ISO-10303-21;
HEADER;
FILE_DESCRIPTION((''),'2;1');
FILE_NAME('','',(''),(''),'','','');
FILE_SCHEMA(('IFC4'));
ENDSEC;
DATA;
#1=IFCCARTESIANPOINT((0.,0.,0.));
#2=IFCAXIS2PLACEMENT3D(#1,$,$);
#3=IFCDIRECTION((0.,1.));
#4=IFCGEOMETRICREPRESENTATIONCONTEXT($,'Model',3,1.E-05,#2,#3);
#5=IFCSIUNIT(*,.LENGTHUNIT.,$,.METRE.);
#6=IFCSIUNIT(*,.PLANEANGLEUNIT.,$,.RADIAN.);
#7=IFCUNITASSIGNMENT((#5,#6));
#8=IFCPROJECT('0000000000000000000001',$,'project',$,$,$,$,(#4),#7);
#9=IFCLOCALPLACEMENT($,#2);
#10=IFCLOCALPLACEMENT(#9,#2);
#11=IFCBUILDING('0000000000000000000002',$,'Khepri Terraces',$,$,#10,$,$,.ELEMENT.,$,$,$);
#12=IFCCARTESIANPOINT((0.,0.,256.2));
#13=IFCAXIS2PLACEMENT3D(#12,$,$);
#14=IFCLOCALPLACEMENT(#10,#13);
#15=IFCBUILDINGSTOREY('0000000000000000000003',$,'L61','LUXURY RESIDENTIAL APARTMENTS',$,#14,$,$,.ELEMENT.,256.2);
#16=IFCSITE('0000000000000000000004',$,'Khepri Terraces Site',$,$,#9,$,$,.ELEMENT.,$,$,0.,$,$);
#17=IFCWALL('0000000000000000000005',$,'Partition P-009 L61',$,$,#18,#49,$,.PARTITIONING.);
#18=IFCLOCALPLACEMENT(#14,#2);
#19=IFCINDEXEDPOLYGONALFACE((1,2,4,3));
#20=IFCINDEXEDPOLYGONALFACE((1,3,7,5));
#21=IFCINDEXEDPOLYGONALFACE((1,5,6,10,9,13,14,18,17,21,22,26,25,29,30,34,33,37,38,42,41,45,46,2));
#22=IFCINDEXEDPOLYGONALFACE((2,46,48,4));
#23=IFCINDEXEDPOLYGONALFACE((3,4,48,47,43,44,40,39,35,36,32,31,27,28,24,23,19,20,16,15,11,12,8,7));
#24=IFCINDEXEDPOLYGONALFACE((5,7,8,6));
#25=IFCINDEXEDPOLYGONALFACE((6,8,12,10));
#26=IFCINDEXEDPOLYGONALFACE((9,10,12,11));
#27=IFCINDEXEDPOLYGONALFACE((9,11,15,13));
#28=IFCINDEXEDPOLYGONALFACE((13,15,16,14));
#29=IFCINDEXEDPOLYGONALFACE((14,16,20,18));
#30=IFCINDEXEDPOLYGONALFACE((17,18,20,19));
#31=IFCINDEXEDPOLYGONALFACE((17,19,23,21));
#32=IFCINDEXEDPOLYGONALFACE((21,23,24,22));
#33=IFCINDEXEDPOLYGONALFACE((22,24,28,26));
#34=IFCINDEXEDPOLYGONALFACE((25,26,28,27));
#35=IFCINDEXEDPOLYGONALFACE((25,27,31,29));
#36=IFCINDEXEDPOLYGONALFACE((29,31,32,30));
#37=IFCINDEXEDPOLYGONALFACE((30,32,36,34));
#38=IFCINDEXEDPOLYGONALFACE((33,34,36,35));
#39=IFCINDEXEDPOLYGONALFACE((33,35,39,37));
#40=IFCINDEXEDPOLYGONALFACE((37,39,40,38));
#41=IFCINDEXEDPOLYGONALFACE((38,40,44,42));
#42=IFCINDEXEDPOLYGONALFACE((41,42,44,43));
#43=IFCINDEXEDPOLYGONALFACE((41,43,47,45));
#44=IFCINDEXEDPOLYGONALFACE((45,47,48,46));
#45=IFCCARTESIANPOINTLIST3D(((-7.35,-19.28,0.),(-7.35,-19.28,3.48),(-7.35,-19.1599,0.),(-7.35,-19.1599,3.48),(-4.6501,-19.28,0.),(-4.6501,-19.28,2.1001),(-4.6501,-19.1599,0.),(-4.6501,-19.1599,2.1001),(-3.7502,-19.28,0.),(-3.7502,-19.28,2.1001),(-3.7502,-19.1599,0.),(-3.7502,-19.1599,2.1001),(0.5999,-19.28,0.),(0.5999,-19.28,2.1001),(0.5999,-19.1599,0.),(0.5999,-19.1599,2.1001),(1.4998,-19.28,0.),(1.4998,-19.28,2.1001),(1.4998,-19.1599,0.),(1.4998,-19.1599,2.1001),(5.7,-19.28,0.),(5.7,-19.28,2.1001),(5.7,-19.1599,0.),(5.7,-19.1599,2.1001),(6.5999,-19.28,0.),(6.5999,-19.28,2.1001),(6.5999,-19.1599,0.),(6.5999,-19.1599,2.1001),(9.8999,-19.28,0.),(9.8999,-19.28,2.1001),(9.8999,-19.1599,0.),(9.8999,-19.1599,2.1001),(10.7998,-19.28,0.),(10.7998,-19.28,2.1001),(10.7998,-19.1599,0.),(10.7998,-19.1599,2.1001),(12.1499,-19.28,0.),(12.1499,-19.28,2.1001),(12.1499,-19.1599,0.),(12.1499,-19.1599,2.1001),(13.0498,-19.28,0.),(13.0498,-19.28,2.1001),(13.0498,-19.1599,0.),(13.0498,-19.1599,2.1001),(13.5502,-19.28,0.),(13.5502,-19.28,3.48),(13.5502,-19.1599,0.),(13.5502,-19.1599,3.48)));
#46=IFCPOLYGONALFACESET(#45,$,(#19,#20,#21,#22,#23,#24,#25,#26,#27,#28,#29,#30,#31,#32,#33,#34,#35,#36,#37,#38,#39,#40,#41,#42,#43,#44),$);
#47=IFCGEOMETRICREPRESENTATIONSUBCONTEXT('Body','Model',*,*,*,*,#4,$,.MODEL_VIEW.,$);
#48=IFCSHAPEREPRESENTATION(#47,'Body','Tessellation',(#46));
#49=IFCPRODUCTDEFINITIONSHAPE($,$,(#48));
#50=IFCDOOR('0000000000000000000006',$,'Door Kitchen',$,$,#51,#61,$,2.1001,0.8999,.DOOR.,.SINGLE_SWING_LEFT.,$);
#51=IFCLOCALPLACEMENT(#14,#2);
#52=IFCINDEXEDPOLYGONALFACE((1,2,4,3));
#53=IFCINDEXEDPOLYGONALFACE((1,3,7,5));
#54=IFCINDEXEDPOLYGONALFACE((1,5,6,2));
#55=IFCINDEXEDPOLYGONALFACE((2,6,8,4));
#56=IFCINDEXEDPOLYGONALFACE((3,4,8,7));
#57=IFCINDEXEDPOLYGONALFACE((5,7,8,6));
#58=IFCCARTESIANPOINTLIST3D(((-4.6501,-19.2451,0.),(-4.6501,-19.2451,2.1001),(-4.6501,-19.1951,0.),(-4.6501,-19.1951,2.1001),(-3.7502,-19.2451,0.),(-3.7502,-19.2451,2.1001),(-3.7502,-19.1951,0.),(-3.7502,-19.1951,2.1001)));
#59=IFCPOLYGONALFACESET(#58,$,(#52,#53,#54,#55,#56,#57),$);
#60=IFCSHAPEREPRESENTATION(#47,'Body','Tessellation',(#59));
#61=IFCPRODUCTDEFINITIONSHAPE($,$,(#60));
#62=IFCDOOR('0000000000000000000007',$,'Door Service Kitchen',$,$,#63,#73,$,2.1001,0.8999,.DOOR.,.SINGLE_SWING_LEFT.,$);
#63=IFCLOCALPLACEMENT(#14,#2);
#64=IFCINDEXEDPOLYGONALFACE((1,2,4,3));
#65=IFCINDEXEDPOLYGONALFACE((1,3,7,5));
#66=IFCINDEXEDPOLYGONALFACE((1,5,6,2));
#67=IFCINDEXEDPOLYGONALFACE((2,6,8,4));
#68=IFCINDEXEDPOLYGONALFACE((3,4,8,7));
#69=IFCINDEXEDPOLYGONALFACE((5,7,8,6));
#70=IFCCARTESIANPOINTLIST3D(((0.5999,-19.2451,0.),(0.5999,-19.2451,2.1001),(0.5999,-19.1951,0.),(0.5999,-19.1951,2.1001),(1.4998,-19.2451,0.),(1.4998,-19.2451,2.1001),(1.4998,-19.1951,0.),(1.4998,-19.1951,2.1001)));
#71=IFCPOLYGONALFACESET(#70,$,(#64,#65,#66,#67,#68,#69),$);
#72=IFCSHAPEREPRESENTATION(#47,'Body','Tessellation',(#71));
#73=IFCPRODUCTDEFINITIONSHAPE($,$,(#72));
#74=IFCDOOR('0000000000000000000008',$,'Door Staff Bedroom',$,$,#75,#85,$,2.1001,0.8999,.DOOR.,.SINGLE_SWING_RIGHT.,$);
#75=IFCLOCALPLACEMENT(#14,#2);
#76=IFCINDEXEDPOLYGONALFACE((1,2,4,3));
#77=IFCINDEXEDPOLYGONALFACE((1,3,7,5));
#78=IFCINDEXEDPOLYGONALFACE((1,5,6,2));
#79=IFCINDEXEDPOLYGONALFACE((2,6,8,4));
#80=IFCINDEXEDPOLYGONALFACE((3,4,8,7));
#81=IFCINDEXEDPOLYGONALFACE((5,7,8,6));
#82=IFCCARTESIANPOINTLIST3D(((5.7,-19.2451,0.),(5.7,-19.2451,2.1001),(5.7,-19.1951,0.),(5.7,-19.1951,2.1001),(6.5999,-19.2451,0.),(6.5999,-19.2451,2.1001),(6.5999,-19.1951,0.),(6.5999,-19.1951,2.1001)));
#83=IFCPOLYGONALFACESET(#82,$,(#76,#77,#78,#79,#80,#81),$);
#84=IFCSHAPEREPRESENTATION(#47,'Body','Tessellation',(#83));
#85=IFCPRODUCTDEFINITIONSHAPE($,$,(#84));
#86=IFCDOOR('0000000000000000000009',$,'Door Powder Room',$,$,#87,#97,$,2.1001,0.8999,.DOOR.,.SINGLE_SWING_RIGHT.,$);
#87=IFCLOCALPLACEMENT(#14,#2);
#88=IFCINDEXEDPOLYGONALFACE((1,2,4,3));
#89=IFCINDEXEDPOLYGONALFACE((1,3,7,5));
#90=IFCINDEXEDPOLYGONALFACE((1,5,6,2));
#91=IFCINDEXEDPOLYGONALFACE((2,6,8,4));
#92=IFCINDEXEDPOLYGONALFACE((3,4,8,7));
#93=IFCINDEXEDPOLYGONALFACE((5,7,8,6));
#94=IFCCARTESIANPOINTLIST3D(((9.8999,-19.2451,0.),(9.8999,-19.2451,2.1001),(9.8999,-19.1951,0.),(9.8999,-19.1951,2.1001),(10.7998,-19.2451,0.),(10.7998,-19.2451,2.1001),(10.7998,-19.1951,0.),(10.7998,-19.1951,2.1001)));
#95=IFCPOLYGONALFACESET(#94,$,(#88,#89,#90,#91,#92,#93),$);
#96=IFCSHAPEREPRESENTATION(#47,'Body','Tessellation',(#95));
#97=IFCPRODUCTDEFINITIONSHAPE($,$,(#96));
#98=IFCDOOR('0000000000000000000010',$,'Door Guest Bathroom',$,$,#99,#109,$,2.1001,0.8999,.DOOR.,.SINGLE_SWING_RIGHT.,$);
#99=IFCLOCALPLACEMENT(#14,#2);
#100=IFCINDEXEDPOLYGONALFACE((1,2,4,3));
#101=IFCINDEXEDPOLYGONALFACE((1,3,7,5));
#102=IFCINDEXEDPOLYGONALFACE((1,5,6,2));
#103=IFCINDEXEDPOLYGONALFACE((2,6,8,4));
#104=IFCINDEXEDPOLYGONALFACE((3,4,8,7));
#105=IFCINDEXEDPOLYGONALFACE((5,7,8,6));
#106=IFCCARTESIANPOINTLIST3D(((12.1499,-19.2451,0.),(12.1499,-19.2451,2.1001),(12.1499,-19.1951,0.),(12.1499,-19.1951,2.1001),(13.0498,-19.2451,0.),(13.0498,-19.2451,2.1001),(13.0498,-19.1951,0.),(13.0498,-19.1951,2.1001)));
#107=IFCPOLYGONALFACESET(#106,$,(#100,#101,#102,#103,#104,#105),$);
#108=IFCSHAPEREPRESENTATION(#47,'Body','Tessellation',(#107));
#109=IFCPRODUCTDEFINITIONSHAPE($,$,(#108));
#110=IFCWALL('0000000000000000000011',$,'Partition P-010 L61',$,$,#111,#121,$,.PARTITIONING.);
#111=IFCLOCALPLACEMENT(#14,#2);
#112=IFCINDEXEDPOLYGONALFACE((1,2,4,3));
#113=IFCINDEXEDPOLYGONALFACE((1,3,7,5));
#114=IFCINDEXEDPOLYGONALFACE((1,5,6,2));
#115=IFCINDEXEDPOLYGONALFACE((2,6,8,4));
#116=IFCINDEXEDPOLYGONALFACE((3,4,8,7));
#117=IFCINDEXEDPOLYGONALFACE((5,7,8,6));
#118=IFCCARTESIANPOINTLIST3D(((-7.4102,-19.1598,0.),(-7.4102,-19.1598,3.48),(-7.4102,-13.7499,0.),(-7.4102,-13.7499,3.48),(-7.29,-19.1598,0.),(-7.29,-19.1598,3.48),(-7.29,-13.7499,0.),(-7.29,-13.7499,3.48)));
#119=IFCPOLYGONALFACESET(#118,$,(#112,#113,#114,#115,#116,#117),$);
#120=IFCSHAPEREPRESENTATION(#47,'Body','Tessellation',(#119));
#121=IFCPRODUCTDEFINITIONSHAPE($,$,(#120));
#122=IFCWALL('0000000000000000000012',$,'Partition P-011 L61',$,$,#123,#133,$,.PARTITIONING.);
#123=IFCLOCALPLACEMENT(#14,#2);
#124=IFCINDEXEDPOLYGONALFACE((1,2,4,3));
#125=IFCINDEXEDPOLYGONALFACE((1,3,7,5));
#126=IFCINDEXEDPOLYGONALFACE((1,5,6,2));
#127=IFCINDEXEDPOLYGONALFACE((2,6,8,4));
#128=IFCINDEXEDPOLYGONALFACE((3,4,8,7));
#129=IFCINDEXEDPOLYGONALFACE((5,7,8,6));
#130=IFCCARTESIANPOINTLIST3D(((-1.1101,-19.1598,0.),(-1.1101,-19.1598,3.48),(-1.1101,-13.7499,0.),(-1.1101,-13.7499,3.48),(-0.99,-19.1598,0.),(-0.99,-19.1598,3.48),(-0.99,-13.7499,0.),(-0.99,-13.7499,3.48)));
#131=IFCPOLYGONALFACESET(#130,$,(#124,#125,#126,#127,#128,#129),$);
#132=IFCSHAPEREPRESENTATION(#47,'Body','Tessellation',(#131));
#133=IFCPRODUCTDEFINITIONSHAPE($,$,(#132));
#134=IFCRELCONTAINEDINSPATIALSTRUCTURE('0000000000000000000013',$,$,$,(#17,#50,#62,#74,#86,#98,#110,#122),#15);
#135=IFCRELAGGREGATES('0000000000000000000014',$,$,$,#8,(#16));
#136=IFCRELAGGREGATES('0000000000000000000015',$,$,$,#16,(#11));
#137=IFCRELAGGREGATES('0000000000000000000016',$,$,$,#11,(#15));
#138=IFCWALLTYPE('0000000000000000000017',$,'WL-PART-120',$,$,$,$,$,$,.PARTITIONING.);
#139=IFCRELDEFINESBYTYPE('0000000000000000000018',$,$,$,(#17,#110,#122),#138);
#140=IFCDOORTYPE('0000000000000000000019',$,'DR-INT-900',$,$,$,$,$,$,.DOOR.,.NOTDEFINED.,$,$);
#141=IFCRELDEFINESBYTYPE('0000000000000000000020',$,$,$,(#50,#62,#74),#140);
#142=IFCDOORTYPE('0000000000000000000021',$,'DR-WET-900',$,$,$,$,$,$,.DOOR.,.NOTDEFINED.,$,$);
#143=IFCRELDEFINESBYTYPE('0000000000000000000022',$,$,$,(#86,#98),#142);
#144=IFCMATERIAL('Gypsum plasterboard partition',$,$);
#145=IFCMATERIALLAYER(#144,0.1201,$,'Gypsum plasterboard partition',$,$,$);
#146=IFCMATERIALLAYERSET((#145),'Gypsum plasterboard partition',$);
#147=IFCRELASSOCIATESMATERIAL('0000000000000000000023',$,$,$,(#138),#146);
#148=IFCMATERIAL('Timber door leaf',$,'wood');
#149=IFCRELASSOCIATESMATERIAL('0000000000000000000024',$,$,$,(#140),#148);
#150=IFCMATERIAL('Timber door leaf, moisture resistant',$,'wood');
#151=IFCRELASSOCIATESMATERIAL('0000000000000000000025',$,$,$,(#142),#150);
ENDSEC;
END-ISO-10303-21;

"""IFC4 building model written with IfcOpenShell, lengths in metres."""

from ifc_helpers import new_model, si_unit, direction, frame, frame_2d, origin, place, context, subcontext, project, spatial, rectangle, extrude, material, layer, layer_set, type_object, element, fill, save


model = new_model("IFC4")

# Units and contexts
model_context = context("Model", 3, precision=1e-05, world=origin(), true_north=direction((0.0, 1.0)))
body_context = subcontext(model_context, "Body", "Model", "MODEL_VIEW")
ifc_project = project(units=[si_unit("LENGTHUNIT", "METRE"), si_unit("PLANEANGLEUNIT", "RADIAN")], contexts=[model_context])

# Site, building, storey
site_placement = place(None, origin())
site = spatial("IfcSite", under=ifc_project, at=site_placement, Name="Khepri Terraces Site", CompositionType="ELEMENT", RefElevation=0.0)
building_placement = place(site_placement, origin())
building = spatial("IfcBuilding", under=site, at=building_placement, Name="Khepri Terraces", CompositionType="ELEMENT")
storey_placement = place(building_placement, frame((0.0, 0.0, 256.2)))
storey = spatial("IfcBuildingStorey", under=building, at=storey_placement, Name="L61", Description="LUXURY RESIDENTIAL APARTMENTS", CompositionType="ELEMENT", Elevation=256.2)

# Wall, openings, doors
ifc_material_1 = material(Name="Gypsum plasterboard partition")
ifc_layer_1 = layer(ifc_material_1, 0.1201, Name="Gypsum plasterboard partition")
ifc_layer_set_1 = layer_set([ifc_layer_1], Name="Gypsum plasterboard partition")
wall_type_1 = type_object("IfcWallType", Name="WL-PART-120", PredefinedType="PARTITIONING", material=ifc_layer_set_1)
wall_1_placement = place(storey_placement, frame((-7.3501, -19.22, 0.0), z_axis=(0.0, 0.0, 1.0), x_axis=(1.0, 0.0, 0.0)))
wall_1 = element("IfcWall", 1, at=wall_1_placement, inside=storey, type_object=wall_type_1, Name="Partition P-009 L61", PredefinedType="PARTITIONING", context=body_context, shape_type="SweptSolid", body=[
    extrude(rectangle(XDim=20.9001, YDim=0.1201, at=frame_2d((10.4502, 0.0))), origin(), (0.0, 0.0, 1.0), 3.48),
])
opening_1_placement = place(wall_1_placement, frame((2.7, 0.0, 0.0)))
opening_1 = element("IfcOpeningElement", 2, at=opening_1_placement, cuts=wall_1, PredefinedType="OPENING", context=body_context, shape_type="SweptSolid", body=[
    extrude(rectangle(XDim=0.8999, YDim=2.1001, at=frame_2d((0.45, 1.05))), frame((0.0, 0.0701, 0.0), z_axis=(0.0, -1.0, 0.0), x_axis=(1.0, 0.0, 0.0)), (0.0, 0.0, 1.0), 0.1401),
])
opening_2_placement = place(wall_1_placement, frame((7.95, 0.0, 0.0)))
opening_2 = element("IfcOpeningElement", 3, at=opening_2_placement, cuts=wall_1, PredefinedType="OPENING", context=body_context, shape_type="SweptSolid", body=[
    extrude(rectangle(XDim=0.8999, YDim=2.1001, at=frame_2d((0.45, 1.05))), frame((0.0, 0.0701, 0.0), z_axis=(0.0, -1.0, 0.0), x_axis=(1.0, 0.0, 0.0)), (0.0, 0.0, 1.0), 0.1401),
])
opening_3_placement = place(wall_1_placement, frame((13.05, 0.0, 0.0)))
opening_3 = element("IfcOpeningElement", 4, at=opening_3_placement, cuts=wall_1, PredefinedType="OPENING", context=body_context, shape_type="SweptSolid", body=[
    extrude(rectangle(XDim=0.8999, YDim=2.1001, at=frame_2d((0.45, 1.05))), frame((0.0, 0.0701, 0.0), z_axis=(0.0, -1.0, 0.0), x_axis=(1.0, 0.0, 0.0)), (0.0, 0.0, 1.0), 0.1401),
])
opening_4_placement = place(wall_1_placement, frame((17.25, 0.0, 0.0)))
opening_4 = element("IfcOpeningElement", 5, at=opening_4_placement, cuts=wall_1, PredefinedType="OPENING", context=body_context, shape_type="SweptSolid", body=[
    extrude(rectangle(XDim=0.8999, YDim=2.1001, at=frame_2d((0.45, 1.05))), frame((0.0, 0.0701, 0.0), z_axis=(0.0, -1.0, 0.0), x_axis=(1.0, 0.0, 0.0)), (0.0, 0.0, 1.0), 0.1401),
])
opening_5_placement = place(wall_1_placement, frame((19.5, 0.0, 0.0)))
opening_5 = element("IfcOpeningElement", 6, at=opening_5_placement, cuts=wall_1, PredefinedType="OPENING", context=body_context, shape_type="SweptSolid", body=[
    extrude(rectangle(XDim=0.8999, YDim=2.1001, at=frame_2d((0.45, 1.05))), frame((0.0, 0.0701, 0.0), z_axis=(0.0, -1.0, 0.0), x_axis=(1.0, 0.0, 0.0)), (0.0, 0.0, 1.0), 0.1401),
])
ifc_material_2 = material(Name="Timber door leaf", Category="wood")
door_type_1 = type_object("IfcDoorType", Name="DR-INT-900", OperationType="NOTDEFINED", PredefinedType="DOOR", material=ifc_material_2)
door_1_placement = place(opening_1_placement, origin())
door_1 = element("IfcDoor", 7, at=door_1_placement, inside=storey, type_object=door_type_1, Name="Door Kitchen", OperationType="SINGLE_SWING_LEFT", OverallHeight=2.1001, OverallWidth=0.8999, PredefinedType="DOOR", context=body_context, shape_type="SweptSolid", body=[
    extrude(rectangle(XDim=0.8999, YDim=2.1001, at=frame_2d((0.45, 1.05))), frame((0.0, 0.0249, 0.0), z_axis=(0.0, -1.0, 0.0), x_axis=(1.0, 0.0, 0.0)), (0.0, 0.0, 1.0), 0.05),
])
fill(opening_1, door_1)
door_2_placement = place(opening_2_placement, origin())
door_2 = element("IfcDoor", 8, at=door_2_placement, inside=storey, type_object=door_type_1, Name="Door Service Kitchen", OperationType="SINGLE_SWING_LEFT", OverallHeight=2.1001, OverallWidth=0.8999, PredefinedType="DOOR", context=body_context, shape_type="SweptSolid", body=[
    extrude(rectangle(XDim=0.8999, YDim=2.1001, at=frame_2d((0.45, 1.05))), frame((0.0, 0.0249, 0.0), z_axis=(0.0, -1.0, 0.0), x_axis=(1.0, 0.0, 0.0)), (0.0, 0.0, 1.0), 0.05),
])
fill(opening_2, door_2)
door_3_placement = place(opening_3_placement, origin())
door_3 = element("IfcDoor", 9, at=door_3_placement, inside=storey, type_object=door_type_1, Name="Door Staff Bedroom", OperationType="SINGLE_SWING_RIGHT", OverallHeight=2.1001, OverallWidth=0.8999, PredefinedType="DOOR", context=body_context, shape_type="SweptSolid", body=[
    extrude(rectangle(XDim=0.8999, YDim=2.1001, at=frame_2d((0.45, 1.05))), frame((0.0, 0.0249, 0.0), z_axis=(0.0, -1.0, 0.0), x_axis=(1.0, 0.0, 0.0)), (0.0, 0.0, 1.0), 0.05),
])
fill(opening_3, door_3)
ifc_material_3 = material(Name="Timber door leaf, moisture resistant", Category="wood")
door_type_2 = type_object("IfcDoorType", Name="DR-WET-900", OperationType="NOTDEFINED", PredefinedType="DOOR", material=ifc_material_3)
door_4_placement = place(opening_4_placement, origin())
door_4 = element("IfcDoor", 10, at=door_4_placement, inside=storey, type_object=door_type_2, Name="Door Powder Room", OperationType="SINGLE_SWING_RIGHT", OverallHeight=2.1001, OverallWidth=0.8999, PredefinedType="DOOR", context=body_context, shape_type="SweptSolid", body=[
    extrude(rectangle(XDim=0.8999, YDim=2.1001, at=frame_2d((0.45, 1.05))), frame((0.0, 0.0249, 0.0), z_axis=(0.0, -1.0, 0.0), x_axis=(1.0, 0.0, 0.0)), (0.0, 0.0, 1.0), 0.05),
])
fill(opening_4, door_4)
door_5_placement = place(opening_5_placement, origin())
door_5 = element("IfcDoor", 11, at=door_5_placement, inside=storey, type_object=door_type_2, Name="Door Guest Bathroom", OperationType="SINGLE_SWING_RIGHT", OverallHeight=2.1001, OverallWidth=0.8999, PredefinedType="DOOR", context=body_context, shape_type="SweptSolid", body=[
    extrude(rectangle(XDim=0.8999, YDim=2.1001, at=frame_2d((0.45, 1.05))), frame((0.0, 0.0249, 0.0), z_axis=(0.0, -1.0, 0.0), x_axis=(1.0, 0.0, 0.0)), (0.0, 0.0, 1.0), 0.05),
])
fill(opening_5, door_5)

# Walls
for number, where, z_axis, x_axis, name in (
    (12, (-7.3501, -19.1599, 0.0), (0.0, 0.0, 1.0), (0.0, 1.0, 0.0), "Partition P-010 L61"),
    (13, (-1.05, -19.1599, 0.0), (0.0, 0.0, 1.0), (0.0, 1.0, 0.0), "Partition P-011 L61"),
):
    element("IfcWall", number, at=place(storey_placement, frame(where, z_axis=z_axis, x_axis=x_axis)), inside=storey, type_object=wall_type_1, Name=name, PredefinedType="PARTITIONING", context=body_context, shape_type="SweptSolid", body=[
        extrude(rectangle(XDim=5.4099, YDim=0.1201, at=frame_2d((2.7051, 0.0))), origin(), (0.0, 0.0, 1.0), 3.48),
    ])

save(model, "model.ifc")
